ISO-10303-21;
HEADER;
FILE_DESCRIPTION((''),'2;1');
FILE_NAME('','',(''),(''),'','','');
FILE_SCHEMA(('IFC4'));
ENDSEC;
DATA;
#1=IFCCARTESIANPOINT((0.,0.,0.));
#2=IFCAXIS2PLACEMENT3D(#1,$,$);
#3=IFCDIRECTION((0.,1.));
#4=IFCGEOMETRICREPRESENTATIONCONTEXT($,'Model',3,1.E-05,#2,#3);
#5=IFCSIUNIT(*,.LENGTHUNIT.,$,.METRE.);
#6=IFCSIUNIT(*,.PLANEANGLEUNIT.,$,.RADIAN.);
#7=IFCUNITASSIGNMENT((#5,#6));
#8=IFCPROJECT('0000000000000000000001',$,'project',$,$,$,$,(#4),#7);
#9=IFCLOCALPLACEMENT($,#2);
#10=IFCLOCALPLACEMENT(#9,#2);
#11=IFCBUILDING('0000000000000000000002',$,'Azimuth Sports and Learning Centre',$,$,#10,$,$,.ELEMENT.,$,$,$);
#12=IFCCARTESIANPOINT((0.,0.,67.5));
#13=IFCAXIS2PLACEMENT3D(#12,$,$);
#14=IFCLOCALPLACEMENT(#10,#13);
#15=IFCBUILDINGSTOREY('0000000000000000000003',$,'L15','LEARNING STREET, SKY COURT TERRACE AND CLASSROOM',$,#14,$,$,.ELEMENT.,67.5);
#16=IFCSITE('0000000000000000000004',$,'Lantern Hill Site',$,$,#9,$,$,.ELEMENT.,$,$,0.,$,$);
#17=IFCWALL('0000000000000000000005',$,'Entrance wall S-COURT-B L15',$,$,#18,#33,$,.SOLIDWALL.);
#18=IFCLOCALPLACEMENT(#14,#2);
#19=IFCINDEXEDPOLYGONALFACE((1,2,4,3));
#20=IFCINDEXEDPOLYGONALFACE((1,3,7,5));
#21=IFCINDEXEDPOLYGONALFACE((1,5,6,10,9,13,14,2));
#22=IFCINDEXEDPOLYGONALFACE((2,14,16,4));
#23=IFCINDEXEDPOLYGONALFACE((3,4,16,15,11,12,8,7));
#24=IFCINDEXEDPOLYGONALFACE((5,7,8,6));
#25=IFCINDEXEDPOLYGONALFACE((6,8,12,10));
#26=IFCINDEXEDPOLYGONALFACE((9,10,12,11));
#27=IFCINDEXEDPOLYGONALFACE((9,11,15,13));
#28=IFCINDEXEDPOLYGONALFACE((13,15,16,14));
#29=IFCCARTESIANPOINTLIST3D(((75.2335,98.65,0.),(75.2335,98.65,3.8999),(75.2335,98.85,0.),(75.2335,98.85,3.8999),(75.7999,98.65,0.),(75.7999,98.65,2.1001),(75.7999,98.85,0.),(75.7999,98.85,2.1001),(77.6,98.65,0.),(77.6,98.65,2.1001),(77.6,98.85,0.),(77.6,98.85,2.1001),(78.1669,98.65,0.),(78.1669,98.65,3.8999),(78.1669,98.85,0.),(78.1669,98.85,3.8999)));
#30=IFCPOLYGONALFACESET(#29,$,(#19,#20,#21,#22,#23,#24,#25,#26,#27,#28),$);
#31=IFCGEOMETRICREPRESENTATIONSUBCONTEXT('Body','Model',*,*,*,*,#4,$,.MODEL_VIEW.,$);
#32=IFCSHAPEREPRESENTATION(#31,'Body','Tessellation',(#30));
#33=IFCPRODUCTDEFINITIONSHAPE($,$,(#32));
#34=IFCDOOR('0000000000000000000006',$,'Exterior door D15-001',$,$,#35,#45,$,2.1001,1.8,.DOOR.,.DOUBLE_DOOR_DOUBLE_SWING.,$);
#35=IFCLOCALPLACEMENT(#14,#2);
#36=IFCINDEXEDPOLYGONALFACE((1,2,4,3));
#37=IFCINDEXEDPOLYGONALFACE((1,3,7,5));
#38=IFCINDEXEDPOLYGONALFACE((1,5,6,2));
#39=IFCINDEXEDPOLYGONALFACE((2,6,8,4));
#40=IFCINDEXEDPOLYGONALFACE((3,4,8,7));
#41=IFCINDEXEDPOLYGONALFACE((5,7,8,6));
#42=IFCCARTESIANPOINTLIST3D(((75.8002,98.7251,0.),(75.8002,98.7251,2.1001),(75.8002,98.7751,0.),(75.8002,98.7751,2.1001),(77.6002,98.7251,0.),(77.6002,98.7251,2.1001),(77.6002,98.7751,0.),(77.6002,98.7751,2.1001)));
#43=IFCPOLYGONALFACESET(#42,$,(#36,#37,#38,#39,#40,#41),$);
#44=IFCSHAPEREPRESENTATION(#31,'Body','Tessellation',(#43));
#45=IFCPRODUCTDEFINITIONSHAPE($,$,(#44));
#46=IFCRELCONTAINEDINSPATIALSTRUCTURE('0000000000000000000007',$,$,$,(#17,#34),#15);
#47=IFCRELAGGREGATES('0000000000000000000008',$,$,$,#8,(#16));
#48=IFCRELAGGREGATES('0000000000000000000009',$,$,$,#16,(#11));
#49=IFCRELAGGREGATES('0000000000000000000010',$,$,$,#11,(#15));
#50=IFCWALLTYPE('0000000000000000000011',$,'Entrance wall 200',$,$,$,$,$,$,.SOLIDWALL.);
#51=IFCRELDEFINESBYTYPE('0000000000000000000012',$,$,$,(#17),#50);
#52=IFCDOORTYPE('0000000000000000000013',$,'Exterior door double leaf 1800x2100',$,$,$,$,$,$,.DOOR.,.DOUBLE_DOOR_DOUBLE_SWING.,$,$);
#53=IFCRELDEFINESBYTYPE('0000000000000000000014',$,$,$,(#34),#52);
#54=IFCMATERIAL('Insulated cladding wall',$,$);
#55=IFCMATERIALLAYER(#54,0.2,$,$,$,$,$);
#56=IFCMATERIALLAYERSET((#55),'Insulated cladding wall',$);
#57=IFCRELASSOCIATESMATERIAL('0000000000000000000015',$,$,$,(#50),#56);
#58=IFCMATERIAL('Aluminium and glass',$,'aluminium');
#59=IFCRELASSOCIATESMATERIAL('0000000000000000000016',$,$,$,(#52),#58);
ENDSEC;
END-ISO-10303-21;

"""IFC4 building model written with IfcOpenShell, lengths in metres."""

from ifc_helpers import new_model, si_unit, direction, frame, frame_2d, origin, place, context, subcontext, project, spatial, rectangle, extrude, material, layer, layer_set, type_object, element, fill, save


model = new_model("IFC4")

# Units and contexts
model_context = context("Model", 3, precision=1e-05, world=origin(), true_north=direction((0.0, 1.0)))
body_context = subcontext(model_context, "Body", "Model", "MODEL_VIEW")
ifc_project = project(units=[si_unit("LENGTHUNIT", "METRE"), si_unit("PLANEANGLEUNIT", "RADIAN")], contexts=[model_context])

# Site, building, storey
site_placement = place(None, origin())
site = spatial("IfcSite", under=ifc_project, at=site_placement, Name="Lantern Hill Site", CompositionType="ELEMENT", RefElevation=0.0)
building_placement = place(site_placement, origin())
building = spatial("IfcBuilding", under=site, at=building_placement, Name="Azimuth Sports and Learning Centre", CompositionType="ELEMENT")
storey_placement = place(building_placement, frame((0.0, 0.0, 67.5)))
storey = spatial("IfcBuildingStorey", under=building, at=storey_placement, Name="L15", Description="LEARNING STREET, SKY COURT TERRACE AND CLASSROOM", CompositionType="ELEMENT", Elevation=67.5)

# Wall, opening, door
ifc_material_1 = material(Name="Insulated cladding wall")
ifc_layer_1 = layer(ifc_material_1, 0.2)
ifc_layer_set_1 = layer_set([ifc_layer_1], Name="Insulated cladding wall")
wall_type = type_object("IfcWallType", Name="Entrance wall 200", PredefinedType="SOLIDWALL", material=ifc_layer_set_1)
wall_placement = place(storey_placement, frame((75.2334, 98.75, 0.0), z_axis=(0.0, 0.0, 1.0), x_axis=(1.0, 0.0, 0.0)))
wall = element("IfcWall", 1, at=wall_placement, inside=storey, type_object=wall_type, Name="Entrance wall S-COURT-B L15", PredefinedType="SOLIDWALL", context=body_context, shape_type="SweptSolid", body=[
    extrude(rectangle(XDim=2.9333, YDim=0.2, at=frame_2d((1.4668, 0.0))), origin(), (0.0, 0.0, 1.0), 3.8999),
])
opening_placement = place(wall_placement, frame((0.5667, 0.0, 0.0)))
opening = element("IfcOpeningElement", 2, at=opening_placement, cuts=wall, PredefinedType="OPENING", context=body_context, shape_type="SweptSolid", body=[
    extrude(rectangle(XDim=1.8, YDim=2.1001, at=frame_2d((0.8999, 1.05))), frame((0.0, 0.1108, 0.0), z_axis=(0.0, -1.0, 0.0), x_axis=(1.0, 0.0, 0.0)), (0.0, 0.0, 1.0), 0.2219),
])
ifc_material_2 = material(Name="Aluminium and glass", Category="aluminium")
door_type = type_object("IfcDoorType", Name="Exterior door double leaf 1800x2100", OperationType="DOUBLE_DOOR_DOUBLE_SWING", PredefinedType="DOOR", material=ifc_material_2)
door_placement = place(opening_placement, frame((1.8, 0.0, 0.0), z_axis=(0.0, 0.0, 1.0), x_axis=(-1.0, 0.0, 0.0)))
door = element("IfcDoor", 3, at=door_placement, inside=storey, type_object=door_type, Name="Exterior door D15-001", OperationType="DOUBLE_DOOR_DOUBLE_SWING", OverallHeight=2.1001, OverallWidth=1.8, PredefinedType="DOOR", context=body_context, shape_type="SweptSolid", body=[
    extrude(rectangle(XDim=1.8, YDim=2.1001, at=frame_2d((0.8999, 1.05))), frame((0.0, 0.0249, 0.0), z_axis=(0.0, -1.0, 0.0), x_axis=(1.0, 0.0, 0.0)), (0.0, 0.0, 1.0), 0.05),
])
fill(opening, door)

save(model, "model.ifc")
